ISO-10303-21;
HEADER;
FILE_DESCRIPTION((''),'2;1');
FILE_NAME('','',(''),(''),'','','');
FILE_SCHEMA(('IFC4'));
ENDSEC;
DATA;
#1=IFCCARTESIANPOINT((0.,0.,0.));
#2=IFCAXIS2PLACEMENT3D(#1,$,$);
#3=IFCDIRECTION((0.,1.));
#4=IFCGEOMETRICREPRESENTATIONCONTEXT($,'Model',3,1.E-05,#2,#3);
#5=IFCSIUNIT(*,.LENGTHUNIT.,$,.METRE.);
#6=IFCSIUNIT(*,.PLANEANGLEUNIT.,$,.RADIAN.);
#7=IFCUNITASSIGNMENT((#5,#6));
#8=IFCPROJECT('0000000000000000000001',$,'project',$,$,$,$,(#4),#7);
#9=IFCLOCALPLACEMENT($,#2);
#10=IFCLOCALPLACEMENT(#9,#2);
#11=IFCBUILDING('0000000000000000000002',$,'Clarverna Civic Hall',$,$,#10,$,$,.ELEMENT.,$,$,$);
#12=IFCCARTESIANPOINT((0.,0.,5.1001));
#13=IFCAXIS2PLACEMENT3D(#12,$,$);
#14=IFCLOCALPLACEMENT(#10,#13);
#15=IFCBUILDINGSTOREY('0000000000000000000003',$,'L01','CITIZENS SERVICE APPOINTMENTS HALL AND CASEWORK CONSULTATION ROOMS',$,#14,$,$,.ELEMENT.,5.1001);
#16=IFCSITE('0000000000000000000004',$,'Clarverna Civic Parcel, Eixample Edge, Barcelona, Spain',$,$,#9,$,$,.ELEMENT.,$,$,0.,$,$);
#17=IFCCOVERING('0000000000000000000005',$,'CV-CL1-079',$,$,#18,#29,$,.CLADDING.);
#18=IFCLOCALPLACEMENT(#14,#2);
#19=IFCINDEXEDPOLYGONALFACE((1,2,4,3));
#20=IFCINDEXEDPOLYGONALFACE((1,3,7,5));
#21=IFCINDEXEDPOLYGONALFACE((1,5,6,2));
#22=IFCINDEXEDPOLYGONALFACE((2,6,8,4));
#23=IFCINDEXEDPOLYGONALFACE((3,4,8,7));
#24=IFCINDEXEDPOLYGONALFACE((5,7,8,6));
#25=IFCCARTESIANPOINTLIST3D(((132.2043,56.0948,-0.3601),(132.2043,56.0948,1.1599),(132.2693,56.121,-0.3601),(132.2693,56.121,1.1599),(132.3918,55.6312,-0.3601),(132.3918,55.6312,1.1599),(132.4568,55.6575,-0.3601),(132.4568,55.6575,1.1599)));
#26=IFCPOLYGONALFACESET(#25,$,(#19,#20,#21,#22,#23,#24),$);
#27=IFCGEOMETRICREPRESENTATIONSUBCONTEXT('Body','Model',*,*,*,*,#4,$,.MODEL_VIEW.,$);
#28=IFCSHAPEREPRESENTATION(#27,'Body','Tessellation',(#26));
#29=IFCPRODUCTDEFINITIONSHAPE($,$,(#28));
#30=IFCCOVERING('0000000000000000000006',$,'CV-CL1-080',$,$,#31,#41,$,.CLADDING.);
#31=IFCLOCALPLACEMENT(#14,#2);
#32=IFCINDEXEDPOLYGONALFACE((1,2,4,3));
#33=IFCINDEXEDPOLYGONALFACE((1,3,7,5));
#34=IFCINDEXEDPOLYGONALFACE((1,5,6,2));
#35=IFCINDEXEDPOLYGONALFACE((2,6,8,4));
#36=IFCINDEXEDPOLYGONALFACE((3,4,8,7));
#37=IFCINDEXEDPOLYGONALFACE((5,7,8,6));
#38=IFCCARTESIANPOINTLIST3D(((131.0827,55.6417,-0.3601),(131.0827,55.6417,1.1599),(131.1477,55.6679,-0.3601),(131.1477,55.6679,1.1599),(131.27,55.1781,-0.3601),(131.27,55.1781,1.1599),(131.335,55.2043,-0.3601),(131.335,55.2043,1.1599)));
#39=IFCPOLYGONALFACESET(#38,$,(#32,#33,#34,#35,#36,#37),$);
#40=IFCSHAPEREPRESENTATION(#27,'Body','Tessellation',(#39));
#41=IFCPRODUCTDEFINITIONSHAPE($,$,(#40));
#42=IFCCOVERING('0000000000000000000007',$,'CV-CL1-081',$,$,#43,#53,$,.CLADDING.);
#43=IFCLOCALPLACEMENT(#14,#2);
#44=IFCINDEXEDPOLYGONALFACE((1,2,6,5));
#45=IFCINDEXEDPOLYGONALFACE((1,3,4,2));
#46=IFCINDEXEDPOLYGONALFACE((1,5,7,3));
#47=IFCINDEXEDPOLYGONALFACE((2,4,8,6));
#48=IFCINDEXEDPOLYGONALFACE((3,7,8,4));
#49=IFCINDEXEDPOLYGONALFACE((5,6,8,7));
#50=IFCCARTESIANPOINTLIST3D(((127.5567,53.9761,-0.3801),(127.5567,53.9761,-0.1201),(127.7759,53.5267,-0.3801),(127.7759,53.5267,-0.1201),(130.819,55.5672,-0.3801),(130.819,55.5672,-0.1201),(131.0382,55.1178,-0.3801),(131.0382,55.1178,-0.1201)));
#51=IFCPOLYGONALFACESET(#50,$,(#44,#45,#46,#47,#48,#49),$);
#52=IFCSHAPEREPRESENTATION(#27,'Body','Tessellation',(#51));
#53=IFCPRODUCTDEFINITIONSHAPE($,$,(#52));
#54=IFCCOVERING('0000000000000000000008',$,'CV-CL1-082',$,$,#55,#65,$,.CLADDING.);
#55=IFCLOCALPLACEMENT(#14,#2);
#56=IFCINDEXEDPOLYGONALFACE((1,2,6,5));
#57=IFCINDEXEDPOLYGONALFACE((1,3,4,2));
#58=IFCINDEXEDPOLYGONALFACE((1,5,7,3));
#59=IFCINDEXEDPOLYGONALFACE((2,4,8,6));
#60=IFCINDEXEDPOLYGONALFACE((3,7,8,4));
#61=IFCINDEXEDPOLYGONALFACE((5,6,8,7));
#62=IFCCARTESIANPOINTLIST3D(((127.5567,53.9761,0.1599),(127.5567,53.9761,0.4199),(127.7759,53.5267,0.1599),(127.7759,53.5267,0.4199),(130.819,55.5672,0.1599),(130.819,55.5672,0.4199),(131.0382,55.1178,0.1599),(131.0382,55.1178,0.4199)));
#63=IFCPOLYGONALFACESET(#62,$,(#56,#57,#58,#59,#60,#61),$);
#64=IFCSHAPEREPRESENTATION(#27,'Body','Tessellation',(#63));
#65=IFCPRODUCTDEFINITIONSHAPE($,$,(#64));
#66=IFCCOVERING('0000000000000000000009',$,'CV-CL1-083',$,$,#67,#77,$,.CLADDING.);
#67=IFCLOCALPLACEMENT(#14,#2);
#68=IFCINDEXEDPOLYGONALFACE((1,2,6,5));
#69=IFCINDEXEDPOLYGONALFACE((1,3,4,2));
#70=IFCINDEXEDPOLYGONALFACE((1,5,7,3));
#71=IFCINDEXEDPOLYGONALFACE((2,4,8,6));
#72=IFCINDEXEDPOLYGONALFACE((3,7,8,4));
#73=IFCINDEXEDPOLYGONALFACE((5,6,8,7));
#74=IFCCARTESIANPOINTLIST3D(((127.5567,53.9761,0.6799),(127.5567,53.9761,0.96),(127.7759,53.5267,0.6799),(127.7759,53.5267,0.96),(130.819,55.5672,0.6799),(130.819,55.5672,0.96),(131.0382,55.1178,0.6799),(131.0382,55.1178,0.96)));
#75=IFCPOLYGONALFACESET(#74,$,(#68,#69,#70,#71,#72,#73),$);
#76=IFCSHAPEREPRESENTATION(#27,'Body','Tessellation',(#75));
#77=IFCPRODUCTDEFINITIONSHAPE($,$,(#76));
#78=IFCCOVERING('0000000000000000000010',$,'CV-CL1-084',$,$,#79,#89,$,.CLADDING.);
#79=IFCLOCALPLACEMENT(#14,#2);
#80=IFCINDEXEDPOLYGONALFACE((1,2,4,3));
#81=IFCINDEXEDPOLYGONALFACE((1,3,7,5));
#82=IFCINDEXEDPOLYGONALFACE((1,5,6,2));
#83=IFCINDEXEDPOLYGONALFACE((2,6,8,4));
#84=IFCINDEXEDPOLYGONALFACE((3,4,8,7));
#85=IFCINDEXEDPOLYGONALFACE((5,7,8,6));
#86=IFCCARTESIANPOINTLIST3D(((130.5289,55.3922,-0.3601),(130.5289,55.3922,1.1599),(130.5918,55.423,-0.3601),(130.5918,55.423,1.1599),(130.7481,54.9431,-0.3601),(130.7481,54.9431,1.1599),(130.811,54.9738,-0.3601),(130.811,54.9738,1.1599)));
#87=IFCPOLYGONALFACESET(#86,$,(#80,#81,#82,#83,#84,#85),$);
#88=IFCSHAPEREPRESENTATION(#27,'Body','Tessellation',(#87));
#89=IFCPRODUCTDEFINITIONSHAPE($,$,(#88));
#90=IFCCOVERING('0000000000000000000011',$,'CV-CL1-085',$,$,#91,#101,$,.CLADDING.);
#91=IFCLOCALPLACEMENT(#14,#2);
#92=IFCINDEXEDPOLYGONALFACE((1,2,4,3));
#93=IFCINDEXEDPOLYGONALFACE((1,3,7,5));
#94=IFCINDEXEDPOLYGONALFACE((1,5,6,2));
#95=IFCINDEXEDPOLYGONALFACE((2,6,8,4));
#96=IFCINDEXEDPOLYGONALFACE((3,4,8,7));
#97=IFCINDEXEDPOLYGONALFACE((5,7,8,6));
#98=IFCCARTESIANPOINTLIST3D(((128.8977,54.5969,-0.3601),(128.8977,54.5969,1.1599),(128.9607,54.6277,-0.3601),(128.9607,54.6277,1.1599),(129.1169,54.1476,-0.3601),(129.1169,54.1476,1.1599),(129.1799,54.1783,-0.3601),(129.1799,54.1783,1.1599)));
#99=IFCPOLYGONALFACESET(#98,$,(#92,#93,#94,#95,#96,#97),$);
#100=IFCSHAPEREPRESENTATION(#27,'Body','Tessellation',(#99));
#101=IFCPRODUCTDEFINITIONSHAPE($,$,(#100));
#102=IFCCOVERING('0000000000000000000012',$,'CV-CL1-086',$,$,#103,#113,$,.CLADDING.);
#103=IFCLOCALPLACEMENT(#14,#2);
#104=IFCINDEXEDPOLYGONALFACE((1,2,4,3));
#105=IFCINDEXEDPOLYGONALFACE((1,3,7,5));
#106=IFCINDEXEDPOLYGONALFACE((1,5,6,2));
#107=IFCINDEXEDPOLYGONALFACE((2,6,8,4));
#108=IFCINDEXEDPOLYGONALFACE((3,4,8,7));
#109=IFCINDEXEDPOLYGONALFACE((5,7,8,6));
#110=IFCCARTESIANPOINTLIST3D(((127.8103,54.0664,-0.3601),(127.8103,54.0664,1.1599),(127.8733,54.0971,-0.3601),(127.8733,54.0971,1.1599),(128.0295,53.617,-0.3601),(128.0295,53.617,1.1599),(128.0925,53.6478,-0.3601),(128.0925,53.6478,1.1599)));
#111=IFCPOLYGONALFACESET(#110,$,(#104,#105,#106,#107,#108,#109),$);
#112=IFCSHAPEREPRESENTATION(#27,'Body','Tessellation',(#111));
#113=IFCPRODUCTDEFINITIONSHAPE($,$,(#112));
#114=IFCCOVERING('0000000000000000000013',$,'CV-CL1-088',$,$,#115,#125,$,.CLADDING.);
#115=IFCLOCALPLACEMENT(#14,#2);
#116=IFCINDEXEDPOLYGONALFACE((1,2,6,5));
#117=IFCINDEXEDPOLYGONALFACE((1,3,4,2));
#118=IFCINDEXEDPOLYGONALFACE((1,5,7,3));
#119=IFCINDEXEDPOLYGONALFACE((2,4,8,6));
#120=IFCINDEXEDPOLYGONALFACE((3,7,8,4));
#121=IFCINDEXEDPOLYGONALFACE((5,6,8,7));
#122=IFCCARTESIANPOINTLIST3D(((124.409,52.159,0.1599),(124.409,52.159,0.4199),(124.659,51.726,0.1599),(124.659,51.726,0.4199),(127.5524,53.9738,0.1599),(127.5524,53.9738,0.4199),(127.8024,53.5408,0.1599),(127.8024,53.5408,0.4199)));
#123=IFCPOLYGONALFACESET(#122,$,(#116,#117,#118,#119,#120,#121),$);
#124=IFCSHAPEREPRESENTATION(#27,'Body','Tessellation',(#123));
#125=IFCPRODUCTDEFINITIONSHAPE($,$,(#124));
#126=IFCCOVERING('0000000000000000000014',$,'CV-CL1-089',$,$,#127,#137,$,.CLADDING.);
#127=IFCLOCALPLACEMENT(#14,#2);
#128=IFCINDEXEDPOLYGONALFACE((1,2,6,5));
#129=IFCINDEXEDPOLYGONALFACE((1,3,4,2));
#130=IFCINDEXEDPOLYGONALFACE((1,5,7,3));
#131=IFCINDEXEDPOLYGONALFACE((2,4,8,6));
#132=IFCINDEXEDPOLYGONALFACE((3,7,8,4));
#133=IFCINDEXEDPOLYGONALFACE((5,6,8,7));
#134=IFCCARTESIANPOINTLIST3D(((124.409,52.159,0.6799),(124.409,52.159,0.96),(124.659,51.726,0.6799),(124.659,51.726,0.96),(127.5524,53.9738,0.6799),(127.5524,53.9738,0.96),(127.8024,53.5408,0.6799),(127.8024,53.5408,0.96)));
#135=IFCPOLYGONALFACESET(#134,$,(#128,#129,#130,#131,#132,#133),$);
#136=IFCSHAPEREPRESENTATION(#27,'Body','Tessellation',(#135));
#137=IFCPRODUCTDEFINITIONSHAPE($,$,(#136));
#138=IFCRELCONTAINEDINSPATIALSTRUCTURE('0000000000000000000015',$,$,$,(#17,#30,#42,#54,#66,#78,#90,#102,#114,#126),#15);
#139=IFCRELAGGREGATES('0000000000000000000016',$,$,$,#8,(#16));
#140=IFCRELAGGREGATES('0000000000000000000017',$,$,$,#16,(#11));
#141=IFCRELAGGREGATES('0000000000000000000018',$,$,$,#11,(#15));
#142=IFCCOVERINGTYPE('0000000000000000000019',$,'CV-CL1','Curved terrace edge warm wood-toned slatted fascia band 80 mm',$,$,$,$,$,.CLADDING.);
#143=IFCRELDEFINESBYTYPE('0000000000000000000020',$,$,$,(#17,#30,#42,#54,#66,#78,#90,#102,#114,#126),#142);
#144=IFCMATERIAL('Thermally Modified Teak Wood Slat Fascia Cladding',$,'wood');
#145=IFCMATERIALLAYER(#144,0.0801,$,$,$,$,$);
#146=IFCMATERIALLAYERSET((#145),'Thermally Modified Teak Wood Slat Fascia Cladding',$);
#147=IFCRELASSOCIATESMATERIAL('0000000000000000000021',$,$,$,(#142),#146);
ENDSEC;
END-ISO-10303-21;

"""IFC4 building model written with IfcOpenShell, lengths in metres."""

from ifc_helpers import new_model, si_unit, direction, frame, frame_2d, origin, place, context, subcontext, project, spatial, rectangle, extrude, material, layer, layer_set, type_object, element, save


model = new_model("IFC4")

# Units and contexts
model_context = context("Model", 3, precision=1e-05, world=origin(), true_north=direction((0.0, 1.0)))
body_context = subcontext(model_context, "Body", "Model", "MODEL_VIEW")
ifc_project = project(units=[si_unit("LENGTHUNIT", "METRE"), si_unit("PLANEANGLEUNIT", "RADIAN")], contexts=[model_context])

# Site, building, storey
site_placement = place(None, origin())
site = spatial("IfcSite", under=ifc_project, at=site_placement, Name="Clarverna Civic Parcel, Eixample Edge, Barcelona, Spain", CompositionType="ELEMENT", RefElevation=0.0)
building_placement = place(site_placement, origin())
building = spatial("IfcBuilding", under=site, at=building_placement, Name="Clarverna Civic Hall", CompositionType="ELEMENT")
storey_placement = place(building_placement, frame((0.0, 0.0, 5.1001)))
storey = spatial("IfcBuildingStorey", under=building, at=storey_placement, Name="L01", Description="CITIZENS SERVICE APPOINTMENTS HALL AND CASEWORK CONSULTATION ROOMS", CompositionType="ELEMENT", Elevation=5.1001)

# Coverings
ifc_material_1 = material(Name="Thermally Modified Teak Wood Slat Fascia Cladding", Category="wood")
ifc_layer_1 = layer(ifc_material_1, 0.0801)
ifc_layer_set_1 = layer_set([ifc_layer_1], Name="Thermally Modified Teak Wood Slat Fascia Cladding")
covering_type = type_object("IfcCoveringType", Name="CV-CL1", Description="Curved terrace edge warm wood-toned slatted fascia band 80 mm", PredefinedType="CLADDING", material=ifc_layer_set_1)
for number, where, z_axis, x_axis, name in (
    (1, (132.2368, 56.1079, -0.3601), (0.0, 0.0, 1.0), (0.374923, -0.927056, 0.0), "CV-CL1-079"),
    (2, (131.1152, 55.6548, -0.3601), (0.0, 0.0, 1.0), (0.374503, -0.927226, 0.0), "CV-CL1-080"),
):
    element("IfcCovering", number, at=place(storey_placement, frame(where, z_axis=z_axis, x_axis=x_axis)), inside=storey, type_object=covering_type, Name=name, PredefinedType="CLADDING", context=body_context, shape_type="SweptSolid", body=[
        extrude(rectangle(XDim=0.5, YDim=0.0701, at=frame_2d((0.25, 0.0))), origin(), (0.0, 0.0, 1.0), 1.52),
    ])
for number, where, z_axis, x_axis, name in (
    (3, (130.9287, 55.3425, -0.3801), (0.0, 0.0, 1.0), (-0.898796, -0.438367, 0.0), "CV-CL1-081"),
    (4, (130.9287, 55.3425, 0.1599), (0.0, 0.0, 1.0), (-0.898796, -0.438367, 0.0), "CV-CL1-082"),
):
    element("IfcCovering", number, at=place(storey_placement, frame(where, z_axis=z_axis, x_axis=x_axis)), inside=storey, type_object=covering_type, Name=name, PredefinedType="CLADDING", context=body_context, shape_type="SweptSolid", body=[
        extrude(rectangle(XDim=3.6296, YDim=0.5, at=frame_2d((1.8149, 0.0))), origin(), (0.0, 0.0, 1.0), 0.26),
    ])
covering_1_placement = place(storey_placement, frame((130.9287, 55.3425, 0.6799), z_axis=(0.0, 0.0, 1.0), x_axis=(-0.898796, -0.438367, 0.0)))
element("IfcCovering", 5, at=covering_1_placement, inside=storey, type_object=covering_type, Name="CV-CL1-083", PredefinedType="CLADDING", context=body_context, shape_type="SweptSolid", body=[
    extrude(rectangle(XDim=3.6296, YDim=0.5, at=frame_2d((1.8149, 0.0))), origin(), (0.0, 0.0, 1.0), 0.28),
])
covering_2_placement = place(storey_placement, frame((130.5603, 55.4077, -0.3601), z_axis=(0.0, 0.0, 1.0), x_axis=(0.438597, -0.898684, 0.0)))
element("IfcCovering", 6, at=covering_2_placement, inside=storey, type_object=covering_type, Name="CV-CL1-084", PredefinedType="CLADDING", context=body_context, shape_type="SweptSolid", body=[
    extrude(rectangle(XDim=0.4998, YDim=0.0701, at=frame_2d((0.25, 0.0))), origin(), (0.0, 0.0, 1.0), 1.52),
])
for number, where, z_axis, x_axis, name in (
    (7, (128.9292, 54.6123, -0.3601), (0.0, 0.0, 1.0), (0.438404, -0.898778, 0.0), "CV-CL1-085"),
    (8, (127.8418, 54.0818, -0.3601), (0.0, 0.0, 1.0), (0.438404, -0.898778, 0.0), "CV-CL1-086"),
):
    element("IfcCovering", number, at=place(storey_placement, frame(where, z_axis=z_axis, x_axis=x_axis)), inside=storey, type_object=covering_type, Name=name, PredefinedType="CLADDING", context=body_context, shape_type="SweptSolid", body=[
        extrude(rectangle(XDim=0.5, YDim=0.0701, at=frame_2d((0.25, 0.0))), origin(), (0.0, 0.0, 1.0), 1.52),
    ])
covering_3_placement = place(storey_placement, frame((127.6775, 53.7573, 0.1599), z_axis=(0.0, 0.0, 1.0), x_axis=(-0.866037, -0.499981, 0.0)))
element("IfcCovering", 9, at=covering_3_placement, inside=storey, type_object=covering_type, Name="CV-CL1-088", PredefinedType="CLADDING", context=body_context, shape_type="SweptSolid", body=[
    extrude(rectangle(XDim=3.6296, YDim=0.5, at=frame_2d((1.8149, 0.0))), origin(), (0.0, 0.0, 1.0), 0.26),
])
covering_4_placement = place(storey_placement, frame((127.6775, 53.7573, 0.6799), z_axis=(0.0, 0.0, 1.0), x_axis=(-0.866037, -0.499981, 0.0)))
element("IfcCovering", 10, at=covering_4_placement, inside=storey, type_object=covering_type, Name="CV-CL1-089", PredefinedType="CLADDING", context=body_context, shape_type="SweptSolid", body=[
    extrude(rectangle(XDim=3.6296, YDim=0.5, at=frame_2d((1.8149, 0.0))), origin(), (0.0, 0.0, 1.0), 0.28),
])

save(model, "model.ifc")
